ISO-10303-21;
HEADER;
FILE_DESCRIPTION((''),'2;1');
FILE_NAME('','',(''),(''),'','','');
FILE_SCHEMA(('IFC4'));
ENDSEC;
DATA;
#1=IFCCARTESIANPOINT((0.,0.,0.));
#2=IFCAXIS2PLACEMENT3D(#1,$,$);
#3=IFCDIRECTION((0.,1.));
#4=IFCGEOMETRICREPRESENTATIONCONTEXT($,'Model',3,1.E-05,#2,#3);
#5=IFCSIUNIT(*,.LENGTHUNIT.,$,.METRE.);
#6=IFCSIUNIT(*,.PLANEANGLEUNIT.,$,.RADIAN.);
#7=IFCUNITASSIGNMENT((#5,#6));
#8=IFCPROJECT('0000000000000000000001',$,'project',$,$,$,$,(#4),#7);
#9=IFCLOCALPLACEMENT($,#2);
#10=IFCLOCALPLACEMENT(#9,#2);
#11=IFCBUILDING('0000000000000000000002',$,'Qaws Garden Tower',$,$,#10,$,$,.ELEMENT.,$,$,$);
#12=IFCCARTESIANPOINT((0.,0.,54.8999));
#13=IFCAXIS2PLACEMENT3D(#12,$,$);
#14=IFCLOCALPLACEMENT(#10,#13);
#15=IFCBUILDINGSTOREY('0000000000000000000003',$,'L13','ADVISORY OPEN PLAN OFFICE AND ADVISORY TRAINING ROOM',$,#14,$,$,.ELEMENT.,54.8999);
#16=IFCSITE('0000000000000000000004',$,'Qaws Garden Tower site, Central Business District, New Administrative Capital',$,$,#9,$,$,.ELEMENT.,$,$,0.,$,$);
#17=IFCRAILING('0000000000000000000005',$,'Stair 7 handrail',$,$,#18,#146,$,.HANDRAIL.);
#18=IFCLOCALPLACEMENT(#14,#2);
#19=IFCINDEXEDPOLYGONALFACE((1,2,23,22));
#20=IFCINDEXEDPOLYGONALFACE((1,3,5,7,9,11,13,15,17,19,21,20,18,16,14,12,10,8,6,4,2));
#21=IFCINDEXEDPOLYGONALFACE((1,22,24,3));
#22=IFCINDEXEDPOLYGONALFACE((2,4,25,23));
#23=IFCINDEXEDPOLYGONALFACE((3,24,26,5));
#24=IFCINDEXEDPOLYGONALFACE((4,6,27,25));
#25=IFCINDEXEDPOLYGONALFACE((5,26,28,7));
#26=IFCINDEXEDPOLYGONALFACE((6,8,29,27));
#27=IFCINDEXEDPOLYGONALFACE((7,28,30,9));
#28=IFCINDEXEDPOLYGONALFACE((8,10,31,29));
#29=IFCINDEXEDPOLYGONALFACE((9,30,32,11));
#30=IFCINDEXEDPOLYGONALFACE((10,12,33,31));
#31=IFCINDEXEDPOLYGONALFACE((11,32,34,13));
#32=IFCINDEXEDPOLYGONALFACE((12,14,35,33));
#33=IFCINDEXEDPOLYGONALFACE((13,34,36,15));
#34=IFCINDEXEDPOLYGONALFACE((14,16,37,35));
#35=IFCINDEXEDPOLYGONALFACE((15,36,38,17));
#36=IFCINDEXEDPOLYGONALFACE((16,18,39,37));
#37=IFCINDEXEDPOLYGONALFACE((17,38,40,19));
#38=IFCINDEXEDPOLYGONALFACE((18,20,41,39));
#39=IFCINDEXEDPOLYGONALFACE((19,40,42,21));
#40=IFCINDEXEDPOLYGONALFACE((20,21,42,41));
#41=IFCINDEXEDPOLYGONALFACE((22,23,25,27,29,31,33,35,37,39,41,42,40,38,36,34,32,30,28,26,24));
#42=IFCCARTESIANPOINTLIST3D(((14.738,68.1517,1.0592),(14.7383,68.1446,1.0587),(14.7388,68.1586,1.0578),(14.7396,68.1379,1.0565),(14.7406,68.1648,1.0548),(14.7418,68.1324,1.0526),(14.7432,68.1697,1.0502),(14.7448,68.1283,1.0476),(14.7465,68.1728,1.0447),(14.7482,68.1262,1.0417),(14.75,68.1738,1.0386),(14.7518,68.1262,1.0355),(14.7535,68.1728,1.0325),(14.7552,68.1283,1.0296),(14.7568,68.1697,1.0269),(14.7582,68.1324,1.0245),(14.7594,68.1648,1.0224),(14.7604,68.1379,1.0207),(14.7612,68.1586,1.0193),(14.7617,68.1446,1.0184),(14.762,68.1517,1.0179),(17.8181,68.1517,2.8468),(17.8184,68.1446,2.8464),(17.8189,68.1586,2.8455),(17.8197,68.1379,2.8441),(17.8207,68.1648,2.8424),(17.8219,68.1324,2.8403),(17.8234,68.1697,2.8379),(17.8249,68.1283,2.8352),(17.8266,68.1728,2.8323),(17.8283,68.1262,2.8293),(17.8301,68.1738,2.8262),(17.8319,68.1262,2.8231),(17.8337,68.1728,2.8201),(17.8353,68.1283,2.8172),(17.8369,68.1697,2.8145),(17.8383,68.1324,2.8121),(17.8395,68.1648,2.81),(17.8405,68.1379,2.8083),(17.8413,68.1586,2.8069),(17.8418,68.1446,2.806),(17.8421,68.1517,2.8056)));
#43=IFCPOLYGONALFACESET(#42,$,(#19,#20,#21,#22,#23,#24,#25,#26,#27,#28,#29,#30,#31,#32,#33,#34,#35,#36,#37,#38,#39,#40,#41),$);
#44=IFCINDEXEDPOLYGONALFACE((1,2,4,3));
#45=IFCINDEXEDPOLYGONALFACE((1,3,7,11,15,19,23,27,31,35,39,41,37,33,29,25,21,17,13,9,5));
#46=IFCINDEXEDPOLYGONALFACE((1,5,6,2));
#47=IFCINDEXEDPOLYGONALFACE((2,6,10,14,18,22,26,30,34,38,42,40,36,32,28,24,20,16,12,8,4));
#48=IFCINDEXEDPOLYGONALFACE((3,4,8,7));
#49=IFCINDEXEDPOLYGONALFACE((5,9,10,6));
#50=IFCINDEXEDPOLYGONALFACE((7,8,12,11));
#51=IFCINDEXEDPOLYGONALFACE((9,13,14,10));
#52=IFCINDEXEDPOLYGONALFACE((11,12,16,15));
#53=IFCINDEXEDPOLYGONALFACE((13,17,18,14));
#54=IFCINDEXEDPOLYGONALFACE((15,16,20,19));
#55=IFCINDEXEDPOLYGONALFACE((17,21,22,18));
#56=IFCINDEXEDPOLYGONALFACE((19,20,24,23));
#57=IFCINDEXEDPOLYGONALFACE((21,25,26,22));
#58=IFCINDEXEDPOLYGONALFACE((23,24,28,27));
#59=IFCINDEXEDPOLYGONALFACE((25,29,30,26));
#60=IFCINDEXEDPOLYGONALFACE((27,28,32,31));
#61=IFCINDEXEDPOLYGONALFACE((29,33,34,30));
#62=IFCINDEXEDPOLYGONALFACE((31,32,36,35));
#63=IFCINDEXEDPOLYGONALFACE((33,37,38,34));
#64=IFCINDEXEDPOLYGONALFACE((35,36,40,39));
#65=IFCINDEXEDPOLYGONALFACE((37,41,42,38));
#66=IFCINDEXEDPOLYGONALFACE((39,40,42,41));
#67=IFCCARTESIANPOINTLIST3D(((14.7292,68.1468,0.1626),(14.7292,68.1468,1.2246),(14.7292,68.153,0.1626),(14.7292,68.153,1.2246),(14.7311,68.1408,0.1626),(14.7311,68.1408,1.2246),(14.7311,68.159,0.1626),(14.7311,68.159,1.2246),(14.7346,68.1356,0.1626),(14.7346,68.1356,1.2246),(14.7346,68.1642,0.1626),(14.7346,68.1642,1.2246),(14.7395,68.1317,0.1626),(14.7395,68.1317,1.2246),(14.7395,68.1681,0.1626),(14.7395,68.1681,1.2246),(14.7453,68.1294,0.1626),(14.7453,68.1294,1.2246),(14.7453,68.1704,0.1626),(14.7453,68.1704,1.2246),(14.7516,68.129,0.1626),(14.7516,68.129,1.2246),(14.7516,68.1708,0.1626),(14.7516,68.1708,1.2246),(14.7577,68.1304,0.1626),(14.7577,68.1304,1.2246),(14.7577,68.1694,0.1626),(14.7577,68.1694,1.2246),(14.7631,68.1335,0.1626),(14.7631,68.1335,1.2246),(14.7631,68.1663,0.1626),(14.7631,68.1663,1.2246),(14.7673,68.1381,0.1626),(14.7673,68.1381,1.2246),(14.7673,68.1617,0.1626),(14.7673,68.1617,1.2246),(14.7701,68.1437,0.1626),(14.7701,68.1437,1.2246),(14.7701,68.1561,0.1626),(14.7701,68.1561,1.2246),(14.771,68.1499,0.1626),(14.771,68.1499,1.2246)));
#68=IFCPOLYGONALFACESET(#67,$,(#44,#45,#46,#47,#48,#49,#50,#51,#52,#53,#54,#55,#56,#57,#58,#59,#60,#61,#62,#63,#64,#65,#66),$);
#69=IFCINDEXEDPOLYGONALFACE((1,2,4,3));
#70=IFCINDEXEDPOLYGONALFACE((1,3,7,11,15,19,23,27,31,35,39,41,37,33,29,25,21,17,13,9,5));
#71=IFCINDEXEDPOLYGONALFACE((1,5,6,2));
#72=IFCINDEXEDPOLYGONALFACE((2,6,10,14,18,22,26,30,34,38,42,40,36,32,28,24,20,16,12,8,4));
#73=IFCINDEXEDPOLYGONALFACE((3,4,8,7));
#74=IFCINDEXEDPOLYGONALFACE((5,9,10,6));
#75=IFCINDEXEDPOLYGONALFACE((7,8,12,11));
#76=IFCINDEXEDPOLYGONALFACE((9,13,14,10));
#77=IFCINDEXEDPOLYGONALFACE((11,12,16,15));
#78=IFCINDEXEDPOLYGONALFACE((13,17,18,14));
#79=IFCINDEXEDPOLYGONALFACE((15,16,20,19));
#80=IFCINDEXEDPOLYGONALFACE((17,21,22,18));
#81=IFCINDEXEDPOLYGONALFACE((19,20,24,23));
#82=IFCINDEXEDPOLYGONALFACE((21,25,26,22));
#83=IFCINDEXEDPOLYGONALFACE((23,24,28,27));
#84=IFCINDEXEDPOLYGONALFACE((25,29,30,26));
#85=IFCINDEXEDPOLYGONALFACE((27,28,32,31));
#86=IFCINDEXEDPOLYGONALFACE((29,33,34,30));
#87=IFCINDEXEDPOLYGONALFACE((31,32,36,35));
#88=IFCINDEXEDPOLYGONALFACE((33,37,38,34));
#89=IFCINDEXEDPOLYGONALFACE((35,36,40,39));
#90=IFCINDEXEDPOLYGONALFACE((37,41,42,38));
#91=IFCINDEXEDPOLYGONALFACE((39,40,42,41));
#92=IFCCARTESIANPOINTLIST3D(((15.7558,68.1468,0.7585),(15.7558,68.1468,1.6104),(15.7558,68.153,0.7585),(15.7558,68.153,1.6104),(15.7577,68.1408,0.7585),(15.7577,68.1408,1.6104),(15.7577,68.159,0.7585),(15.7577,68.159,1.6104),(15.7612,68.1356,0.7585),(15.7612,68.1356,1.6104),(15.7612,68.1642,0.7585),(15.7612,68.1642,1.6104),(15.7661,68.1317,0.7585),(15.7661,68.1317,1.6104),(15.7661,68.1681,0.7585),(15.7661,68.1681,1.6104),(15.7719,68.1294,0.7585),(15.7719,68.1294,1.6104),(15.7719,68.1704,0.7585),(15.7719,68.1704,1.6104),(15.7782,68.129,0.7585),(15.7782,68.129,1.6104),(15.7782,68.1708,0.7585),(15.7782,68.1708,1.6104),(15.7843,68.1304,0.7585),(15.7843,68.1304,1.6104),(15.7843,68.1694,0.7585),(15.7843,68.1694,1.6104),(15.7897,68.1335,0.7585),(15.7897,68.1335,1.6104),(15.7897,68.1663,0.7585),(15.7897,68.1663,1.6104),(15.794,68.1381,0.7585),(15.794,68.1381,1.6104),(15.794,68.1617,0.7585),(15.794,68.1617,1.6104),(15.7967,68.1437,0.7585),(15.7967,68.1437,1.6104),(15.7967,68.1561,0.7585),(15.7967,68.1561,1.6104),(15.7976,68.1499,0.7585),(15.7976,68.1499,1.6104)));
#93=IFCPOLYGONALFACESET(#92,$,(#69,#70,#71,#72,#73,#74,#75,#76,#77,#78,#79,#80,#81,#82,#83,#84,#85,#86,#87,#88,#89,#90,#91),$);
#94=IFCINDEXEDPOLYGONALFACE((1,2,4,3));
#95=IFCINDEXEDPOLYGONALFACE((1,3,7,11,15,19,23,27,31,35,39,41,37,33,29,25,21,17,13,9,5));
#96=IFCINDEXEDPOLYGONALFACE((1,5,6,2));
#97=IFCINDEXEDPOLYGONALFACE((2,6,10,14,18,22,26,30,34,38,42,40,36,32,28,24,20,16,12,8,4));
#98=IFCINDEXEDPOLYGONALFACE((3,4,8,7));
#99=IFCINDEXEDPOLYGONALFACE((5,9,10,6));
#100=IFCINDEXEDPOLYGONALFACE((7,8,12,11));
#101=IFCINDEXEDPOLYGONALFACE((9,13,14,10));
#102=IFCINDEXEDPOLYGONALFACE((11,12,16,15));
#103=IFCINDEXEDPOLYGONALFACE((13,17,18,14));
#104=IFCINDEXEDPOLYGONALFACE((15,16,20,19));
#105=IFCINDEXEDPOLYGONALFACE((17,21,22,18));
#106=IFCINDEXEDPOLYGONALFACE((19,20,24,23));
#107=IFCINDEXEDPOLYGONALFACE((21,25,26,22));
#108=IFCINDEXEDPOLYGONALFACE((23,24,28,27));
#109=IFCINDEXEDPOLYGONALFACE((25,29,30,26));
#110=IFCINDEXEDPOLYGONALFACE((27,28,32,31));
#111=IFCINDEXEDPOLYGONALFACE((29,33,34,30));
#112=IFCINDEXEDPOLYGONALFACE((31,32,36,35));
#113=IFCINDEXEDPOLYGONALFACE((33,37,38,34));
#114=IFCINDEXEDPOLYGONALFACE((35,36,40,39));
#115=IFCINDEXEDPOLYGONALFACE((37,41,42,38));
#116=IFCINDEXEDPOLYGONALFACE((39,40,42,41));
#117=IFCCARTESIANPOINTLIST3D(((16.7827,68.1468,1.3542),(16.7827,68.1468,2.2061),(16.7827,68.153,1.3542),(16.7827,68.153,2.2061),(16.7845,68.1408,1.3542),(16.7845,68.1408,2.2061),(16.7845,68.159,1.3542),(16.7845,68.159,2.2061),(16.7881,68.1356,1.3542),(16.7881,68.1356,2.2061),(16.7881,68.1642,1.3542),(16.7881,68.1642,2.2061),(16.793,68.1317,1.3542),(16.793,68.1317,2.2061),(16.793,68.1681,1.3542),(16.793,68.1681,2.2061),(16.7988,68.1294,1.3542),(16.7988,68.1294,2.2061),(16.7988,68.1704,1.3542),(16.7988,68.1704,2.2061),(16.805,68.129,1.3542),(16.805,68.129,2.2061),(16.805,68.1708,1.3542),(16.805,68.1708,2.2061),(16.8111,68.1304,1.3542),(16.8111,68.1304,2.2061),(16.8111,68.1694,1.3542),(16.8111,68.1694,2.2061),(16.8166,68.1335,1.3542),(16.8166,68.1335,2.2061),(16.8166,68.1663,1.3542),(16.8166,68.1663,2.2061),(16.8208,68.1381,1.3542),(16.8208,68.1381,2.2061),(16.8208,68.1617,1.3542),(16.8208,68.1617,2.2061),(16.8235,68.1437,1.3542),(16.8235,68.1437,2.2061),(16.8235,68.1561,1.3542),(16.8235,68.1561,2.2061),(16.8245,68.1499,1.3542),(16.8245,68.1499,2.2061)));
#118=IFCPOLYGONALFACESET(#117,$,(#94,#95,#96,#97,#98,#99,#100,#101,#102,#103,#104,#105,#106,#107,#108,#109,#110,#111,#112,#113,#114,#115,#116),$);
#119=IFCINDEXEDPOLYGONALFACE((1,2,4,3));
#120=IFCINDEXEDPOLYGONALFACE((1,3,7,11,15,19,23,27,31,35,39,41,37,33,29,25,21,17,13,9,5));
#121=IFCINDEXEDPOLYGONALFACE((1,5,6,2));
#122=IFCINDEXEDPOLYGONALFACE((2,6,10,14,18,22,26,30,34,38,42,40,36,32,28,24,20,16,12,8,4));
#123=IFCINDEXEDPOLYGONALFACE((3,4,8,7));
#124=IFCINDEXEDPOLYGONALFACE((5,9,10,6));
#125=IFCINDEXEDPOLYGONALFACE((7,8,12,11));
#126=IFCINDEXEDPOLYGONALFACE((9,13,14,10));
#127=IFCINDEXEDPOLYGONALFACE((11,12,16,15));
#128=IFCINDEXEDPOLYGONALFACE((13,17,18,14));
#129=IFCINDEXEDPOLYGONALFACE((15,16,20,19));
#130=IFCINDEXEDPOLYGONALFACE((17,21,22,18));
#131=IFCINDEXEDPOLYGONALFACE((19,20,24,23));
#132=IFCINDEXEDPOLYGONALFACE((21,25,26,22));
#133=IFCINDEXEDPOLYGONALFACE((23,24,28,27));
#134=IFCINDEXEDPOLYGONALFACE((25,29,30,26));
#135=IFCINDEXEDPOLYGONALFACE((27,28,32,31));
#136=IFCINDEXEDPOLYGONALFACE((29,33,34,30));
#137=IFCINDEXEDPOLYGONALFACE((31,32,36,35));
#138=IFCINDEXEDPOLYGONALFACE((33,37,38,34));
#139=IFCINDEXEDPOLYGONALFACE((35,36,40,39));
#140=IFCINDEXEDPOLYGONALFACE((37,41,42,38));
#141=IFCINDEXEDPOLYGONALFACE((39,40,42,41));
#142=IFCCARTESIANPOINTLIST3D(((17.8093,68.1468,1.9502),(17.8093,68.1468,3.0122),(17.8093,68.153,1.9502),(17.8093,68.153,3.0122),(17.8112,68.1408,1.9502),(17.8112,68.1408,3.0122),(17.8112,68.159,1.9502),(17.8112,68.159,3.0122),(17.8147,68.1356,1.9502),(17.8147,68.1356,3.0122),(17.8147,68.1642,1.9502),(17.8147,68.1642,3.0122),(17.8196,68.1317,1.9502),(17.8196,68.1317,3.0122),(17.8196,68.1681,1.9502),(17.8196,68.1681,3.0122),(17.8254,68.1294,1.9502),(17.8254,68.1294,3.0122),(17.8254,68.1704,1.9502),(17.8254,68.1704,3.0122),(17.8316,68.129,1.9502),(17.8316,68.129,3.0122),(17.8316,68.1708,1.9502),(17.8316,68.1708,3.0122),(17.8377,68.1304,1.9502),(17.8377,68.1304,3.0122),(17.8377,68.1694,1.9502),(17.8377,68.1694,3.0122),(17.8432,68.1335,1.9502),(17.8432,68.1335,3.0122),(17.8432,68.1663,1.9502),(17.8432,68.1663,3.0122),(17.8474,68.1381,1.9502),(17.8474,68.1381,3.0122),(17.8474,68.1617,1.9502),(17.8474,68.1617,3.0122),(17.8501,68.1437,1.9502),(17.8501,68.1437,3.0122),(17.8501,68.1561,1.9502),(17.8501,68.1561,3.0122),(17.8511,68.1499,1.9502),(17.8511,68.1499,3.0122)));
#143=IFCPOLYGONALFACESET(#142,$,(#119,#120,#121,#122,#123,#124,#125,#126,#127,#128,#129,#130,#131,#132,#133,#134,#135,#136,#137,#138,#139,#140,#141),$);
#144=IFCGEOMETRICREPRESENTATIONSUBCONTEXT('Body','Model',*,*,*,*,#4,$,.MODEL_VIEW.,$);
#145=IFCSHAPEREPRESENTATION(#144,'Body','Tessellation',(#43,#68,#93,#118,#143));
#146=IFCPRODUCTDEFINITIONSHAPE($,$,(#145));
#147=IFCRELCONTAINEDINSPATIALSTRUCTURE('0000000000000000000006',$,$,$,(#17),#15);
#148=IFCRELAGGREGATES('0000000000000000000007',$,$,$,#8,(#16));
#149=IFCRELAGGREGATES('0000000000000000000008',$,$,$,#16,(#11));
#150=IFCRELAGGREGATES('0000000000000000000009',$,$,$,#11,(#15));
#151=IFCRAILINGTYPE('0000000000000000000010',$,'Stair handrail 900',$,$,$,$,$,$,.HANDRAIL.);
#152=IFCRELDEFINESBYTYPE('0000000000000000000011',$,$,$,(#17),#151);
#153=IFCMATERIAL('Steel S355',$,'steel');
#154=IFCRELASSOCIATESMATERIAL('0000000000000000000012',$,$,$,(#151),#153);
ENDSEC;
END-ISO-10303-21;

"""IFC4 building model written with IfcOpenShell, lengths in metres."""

from ifc_helpers import new_model, si_unit, direction, frame, origin, origin_2d, place, context, subcontext, project, spatial, circle, extrude, material, type_object, element, save


model = new_model("IFC4")

# Units and contexts
model_context = context("Model", 3, precision=1e-05, world=origin(), true_north=direction((0.0, 1.0)))
body_context = subcontext(model_context, "Body", "Model", "MODEL_VIEW")
ifc_project = project(units=[si_unit("LENGTHUNIT", "METRE"), si_unit("PLANEANGLEUNIT", "RADIAN")], contexts=[model_context])

# Site, building, storey
site_placement = place(None, origin())
site = spatial("IfcSite", under=ifc_project, at=site_placement, Name="Qaws Garden Tower site, Central Business District, New Administrative Capital", CompositionType="ELEMENT", RefElevation=0.0)
building_placement = place(site_placement, origin())
building = spatial("IfcBuilding", under=site, at=building_placement, Name="Qaws Garden Tower", CompositionType="ELEMENT")
storey_placement = place(building_placement, frame((0.0, 0.0, 54.8999)))
storey = spatial("IfcBuildingStorey", under=building, at=storey_placement, Name="L13", Description="ADVISORY OPEN PLAN OFFICE AND ADVISORY TRAINING ROOM", CompositionType="ELEMENT", Elevation=54.8999)

# Railing
ifc_material_1 = material(Name="Steel S355", Category="steel")
railing_type = type_object("IfcRailingType", Name="Stair handrail 900", PredefinedType="HANDRAIL", material=ifc_material_1)
railing_1_placement = place(storey_placement, frame((14.75, 68.1499, 0.1626)))
element("IfcRailing", 1, at=railing_1_placement, inside=storey, type_object=railing_type, Name="Stair 7 handrail", PredefinedType="HANDRAIL", context=body_context, shape_type="SweptSolid", body=[
    extrude(circle(Radius=0.0239, at=origin_2d()), frame((0.0, 0.0, 0.876), z_axis=(0.864891, 0.0, 0.50196), x_axis=(0.0, 1.0, 0.0)), (0.0, 0.0, 1.0), 3.5613),
    extrude(circle(Radius=0.021, at=origin_2d()), origin(), (0.0, 0.0, 1.0), 1.062),
    extrude(circle(Radius=0.021, at=origin_2d()), frame((1.0266, 0.0, 0.5959)), (0.0, 0.0, 1.0), 0.8518),
    extrude(circle(Radius=0.021, at=origin_2d()), frame((2.0535, 0.0, 1.1917)), (0.0, 0.0, 1.0), 0.8518),
    extrude(circle(Radius=0.021, at=origin_2d()), frame((3.0801, 0.0, 1.7876)), (0.0, 0.0, 1.0), 1.062),
])

save(model, "model.ifc")
